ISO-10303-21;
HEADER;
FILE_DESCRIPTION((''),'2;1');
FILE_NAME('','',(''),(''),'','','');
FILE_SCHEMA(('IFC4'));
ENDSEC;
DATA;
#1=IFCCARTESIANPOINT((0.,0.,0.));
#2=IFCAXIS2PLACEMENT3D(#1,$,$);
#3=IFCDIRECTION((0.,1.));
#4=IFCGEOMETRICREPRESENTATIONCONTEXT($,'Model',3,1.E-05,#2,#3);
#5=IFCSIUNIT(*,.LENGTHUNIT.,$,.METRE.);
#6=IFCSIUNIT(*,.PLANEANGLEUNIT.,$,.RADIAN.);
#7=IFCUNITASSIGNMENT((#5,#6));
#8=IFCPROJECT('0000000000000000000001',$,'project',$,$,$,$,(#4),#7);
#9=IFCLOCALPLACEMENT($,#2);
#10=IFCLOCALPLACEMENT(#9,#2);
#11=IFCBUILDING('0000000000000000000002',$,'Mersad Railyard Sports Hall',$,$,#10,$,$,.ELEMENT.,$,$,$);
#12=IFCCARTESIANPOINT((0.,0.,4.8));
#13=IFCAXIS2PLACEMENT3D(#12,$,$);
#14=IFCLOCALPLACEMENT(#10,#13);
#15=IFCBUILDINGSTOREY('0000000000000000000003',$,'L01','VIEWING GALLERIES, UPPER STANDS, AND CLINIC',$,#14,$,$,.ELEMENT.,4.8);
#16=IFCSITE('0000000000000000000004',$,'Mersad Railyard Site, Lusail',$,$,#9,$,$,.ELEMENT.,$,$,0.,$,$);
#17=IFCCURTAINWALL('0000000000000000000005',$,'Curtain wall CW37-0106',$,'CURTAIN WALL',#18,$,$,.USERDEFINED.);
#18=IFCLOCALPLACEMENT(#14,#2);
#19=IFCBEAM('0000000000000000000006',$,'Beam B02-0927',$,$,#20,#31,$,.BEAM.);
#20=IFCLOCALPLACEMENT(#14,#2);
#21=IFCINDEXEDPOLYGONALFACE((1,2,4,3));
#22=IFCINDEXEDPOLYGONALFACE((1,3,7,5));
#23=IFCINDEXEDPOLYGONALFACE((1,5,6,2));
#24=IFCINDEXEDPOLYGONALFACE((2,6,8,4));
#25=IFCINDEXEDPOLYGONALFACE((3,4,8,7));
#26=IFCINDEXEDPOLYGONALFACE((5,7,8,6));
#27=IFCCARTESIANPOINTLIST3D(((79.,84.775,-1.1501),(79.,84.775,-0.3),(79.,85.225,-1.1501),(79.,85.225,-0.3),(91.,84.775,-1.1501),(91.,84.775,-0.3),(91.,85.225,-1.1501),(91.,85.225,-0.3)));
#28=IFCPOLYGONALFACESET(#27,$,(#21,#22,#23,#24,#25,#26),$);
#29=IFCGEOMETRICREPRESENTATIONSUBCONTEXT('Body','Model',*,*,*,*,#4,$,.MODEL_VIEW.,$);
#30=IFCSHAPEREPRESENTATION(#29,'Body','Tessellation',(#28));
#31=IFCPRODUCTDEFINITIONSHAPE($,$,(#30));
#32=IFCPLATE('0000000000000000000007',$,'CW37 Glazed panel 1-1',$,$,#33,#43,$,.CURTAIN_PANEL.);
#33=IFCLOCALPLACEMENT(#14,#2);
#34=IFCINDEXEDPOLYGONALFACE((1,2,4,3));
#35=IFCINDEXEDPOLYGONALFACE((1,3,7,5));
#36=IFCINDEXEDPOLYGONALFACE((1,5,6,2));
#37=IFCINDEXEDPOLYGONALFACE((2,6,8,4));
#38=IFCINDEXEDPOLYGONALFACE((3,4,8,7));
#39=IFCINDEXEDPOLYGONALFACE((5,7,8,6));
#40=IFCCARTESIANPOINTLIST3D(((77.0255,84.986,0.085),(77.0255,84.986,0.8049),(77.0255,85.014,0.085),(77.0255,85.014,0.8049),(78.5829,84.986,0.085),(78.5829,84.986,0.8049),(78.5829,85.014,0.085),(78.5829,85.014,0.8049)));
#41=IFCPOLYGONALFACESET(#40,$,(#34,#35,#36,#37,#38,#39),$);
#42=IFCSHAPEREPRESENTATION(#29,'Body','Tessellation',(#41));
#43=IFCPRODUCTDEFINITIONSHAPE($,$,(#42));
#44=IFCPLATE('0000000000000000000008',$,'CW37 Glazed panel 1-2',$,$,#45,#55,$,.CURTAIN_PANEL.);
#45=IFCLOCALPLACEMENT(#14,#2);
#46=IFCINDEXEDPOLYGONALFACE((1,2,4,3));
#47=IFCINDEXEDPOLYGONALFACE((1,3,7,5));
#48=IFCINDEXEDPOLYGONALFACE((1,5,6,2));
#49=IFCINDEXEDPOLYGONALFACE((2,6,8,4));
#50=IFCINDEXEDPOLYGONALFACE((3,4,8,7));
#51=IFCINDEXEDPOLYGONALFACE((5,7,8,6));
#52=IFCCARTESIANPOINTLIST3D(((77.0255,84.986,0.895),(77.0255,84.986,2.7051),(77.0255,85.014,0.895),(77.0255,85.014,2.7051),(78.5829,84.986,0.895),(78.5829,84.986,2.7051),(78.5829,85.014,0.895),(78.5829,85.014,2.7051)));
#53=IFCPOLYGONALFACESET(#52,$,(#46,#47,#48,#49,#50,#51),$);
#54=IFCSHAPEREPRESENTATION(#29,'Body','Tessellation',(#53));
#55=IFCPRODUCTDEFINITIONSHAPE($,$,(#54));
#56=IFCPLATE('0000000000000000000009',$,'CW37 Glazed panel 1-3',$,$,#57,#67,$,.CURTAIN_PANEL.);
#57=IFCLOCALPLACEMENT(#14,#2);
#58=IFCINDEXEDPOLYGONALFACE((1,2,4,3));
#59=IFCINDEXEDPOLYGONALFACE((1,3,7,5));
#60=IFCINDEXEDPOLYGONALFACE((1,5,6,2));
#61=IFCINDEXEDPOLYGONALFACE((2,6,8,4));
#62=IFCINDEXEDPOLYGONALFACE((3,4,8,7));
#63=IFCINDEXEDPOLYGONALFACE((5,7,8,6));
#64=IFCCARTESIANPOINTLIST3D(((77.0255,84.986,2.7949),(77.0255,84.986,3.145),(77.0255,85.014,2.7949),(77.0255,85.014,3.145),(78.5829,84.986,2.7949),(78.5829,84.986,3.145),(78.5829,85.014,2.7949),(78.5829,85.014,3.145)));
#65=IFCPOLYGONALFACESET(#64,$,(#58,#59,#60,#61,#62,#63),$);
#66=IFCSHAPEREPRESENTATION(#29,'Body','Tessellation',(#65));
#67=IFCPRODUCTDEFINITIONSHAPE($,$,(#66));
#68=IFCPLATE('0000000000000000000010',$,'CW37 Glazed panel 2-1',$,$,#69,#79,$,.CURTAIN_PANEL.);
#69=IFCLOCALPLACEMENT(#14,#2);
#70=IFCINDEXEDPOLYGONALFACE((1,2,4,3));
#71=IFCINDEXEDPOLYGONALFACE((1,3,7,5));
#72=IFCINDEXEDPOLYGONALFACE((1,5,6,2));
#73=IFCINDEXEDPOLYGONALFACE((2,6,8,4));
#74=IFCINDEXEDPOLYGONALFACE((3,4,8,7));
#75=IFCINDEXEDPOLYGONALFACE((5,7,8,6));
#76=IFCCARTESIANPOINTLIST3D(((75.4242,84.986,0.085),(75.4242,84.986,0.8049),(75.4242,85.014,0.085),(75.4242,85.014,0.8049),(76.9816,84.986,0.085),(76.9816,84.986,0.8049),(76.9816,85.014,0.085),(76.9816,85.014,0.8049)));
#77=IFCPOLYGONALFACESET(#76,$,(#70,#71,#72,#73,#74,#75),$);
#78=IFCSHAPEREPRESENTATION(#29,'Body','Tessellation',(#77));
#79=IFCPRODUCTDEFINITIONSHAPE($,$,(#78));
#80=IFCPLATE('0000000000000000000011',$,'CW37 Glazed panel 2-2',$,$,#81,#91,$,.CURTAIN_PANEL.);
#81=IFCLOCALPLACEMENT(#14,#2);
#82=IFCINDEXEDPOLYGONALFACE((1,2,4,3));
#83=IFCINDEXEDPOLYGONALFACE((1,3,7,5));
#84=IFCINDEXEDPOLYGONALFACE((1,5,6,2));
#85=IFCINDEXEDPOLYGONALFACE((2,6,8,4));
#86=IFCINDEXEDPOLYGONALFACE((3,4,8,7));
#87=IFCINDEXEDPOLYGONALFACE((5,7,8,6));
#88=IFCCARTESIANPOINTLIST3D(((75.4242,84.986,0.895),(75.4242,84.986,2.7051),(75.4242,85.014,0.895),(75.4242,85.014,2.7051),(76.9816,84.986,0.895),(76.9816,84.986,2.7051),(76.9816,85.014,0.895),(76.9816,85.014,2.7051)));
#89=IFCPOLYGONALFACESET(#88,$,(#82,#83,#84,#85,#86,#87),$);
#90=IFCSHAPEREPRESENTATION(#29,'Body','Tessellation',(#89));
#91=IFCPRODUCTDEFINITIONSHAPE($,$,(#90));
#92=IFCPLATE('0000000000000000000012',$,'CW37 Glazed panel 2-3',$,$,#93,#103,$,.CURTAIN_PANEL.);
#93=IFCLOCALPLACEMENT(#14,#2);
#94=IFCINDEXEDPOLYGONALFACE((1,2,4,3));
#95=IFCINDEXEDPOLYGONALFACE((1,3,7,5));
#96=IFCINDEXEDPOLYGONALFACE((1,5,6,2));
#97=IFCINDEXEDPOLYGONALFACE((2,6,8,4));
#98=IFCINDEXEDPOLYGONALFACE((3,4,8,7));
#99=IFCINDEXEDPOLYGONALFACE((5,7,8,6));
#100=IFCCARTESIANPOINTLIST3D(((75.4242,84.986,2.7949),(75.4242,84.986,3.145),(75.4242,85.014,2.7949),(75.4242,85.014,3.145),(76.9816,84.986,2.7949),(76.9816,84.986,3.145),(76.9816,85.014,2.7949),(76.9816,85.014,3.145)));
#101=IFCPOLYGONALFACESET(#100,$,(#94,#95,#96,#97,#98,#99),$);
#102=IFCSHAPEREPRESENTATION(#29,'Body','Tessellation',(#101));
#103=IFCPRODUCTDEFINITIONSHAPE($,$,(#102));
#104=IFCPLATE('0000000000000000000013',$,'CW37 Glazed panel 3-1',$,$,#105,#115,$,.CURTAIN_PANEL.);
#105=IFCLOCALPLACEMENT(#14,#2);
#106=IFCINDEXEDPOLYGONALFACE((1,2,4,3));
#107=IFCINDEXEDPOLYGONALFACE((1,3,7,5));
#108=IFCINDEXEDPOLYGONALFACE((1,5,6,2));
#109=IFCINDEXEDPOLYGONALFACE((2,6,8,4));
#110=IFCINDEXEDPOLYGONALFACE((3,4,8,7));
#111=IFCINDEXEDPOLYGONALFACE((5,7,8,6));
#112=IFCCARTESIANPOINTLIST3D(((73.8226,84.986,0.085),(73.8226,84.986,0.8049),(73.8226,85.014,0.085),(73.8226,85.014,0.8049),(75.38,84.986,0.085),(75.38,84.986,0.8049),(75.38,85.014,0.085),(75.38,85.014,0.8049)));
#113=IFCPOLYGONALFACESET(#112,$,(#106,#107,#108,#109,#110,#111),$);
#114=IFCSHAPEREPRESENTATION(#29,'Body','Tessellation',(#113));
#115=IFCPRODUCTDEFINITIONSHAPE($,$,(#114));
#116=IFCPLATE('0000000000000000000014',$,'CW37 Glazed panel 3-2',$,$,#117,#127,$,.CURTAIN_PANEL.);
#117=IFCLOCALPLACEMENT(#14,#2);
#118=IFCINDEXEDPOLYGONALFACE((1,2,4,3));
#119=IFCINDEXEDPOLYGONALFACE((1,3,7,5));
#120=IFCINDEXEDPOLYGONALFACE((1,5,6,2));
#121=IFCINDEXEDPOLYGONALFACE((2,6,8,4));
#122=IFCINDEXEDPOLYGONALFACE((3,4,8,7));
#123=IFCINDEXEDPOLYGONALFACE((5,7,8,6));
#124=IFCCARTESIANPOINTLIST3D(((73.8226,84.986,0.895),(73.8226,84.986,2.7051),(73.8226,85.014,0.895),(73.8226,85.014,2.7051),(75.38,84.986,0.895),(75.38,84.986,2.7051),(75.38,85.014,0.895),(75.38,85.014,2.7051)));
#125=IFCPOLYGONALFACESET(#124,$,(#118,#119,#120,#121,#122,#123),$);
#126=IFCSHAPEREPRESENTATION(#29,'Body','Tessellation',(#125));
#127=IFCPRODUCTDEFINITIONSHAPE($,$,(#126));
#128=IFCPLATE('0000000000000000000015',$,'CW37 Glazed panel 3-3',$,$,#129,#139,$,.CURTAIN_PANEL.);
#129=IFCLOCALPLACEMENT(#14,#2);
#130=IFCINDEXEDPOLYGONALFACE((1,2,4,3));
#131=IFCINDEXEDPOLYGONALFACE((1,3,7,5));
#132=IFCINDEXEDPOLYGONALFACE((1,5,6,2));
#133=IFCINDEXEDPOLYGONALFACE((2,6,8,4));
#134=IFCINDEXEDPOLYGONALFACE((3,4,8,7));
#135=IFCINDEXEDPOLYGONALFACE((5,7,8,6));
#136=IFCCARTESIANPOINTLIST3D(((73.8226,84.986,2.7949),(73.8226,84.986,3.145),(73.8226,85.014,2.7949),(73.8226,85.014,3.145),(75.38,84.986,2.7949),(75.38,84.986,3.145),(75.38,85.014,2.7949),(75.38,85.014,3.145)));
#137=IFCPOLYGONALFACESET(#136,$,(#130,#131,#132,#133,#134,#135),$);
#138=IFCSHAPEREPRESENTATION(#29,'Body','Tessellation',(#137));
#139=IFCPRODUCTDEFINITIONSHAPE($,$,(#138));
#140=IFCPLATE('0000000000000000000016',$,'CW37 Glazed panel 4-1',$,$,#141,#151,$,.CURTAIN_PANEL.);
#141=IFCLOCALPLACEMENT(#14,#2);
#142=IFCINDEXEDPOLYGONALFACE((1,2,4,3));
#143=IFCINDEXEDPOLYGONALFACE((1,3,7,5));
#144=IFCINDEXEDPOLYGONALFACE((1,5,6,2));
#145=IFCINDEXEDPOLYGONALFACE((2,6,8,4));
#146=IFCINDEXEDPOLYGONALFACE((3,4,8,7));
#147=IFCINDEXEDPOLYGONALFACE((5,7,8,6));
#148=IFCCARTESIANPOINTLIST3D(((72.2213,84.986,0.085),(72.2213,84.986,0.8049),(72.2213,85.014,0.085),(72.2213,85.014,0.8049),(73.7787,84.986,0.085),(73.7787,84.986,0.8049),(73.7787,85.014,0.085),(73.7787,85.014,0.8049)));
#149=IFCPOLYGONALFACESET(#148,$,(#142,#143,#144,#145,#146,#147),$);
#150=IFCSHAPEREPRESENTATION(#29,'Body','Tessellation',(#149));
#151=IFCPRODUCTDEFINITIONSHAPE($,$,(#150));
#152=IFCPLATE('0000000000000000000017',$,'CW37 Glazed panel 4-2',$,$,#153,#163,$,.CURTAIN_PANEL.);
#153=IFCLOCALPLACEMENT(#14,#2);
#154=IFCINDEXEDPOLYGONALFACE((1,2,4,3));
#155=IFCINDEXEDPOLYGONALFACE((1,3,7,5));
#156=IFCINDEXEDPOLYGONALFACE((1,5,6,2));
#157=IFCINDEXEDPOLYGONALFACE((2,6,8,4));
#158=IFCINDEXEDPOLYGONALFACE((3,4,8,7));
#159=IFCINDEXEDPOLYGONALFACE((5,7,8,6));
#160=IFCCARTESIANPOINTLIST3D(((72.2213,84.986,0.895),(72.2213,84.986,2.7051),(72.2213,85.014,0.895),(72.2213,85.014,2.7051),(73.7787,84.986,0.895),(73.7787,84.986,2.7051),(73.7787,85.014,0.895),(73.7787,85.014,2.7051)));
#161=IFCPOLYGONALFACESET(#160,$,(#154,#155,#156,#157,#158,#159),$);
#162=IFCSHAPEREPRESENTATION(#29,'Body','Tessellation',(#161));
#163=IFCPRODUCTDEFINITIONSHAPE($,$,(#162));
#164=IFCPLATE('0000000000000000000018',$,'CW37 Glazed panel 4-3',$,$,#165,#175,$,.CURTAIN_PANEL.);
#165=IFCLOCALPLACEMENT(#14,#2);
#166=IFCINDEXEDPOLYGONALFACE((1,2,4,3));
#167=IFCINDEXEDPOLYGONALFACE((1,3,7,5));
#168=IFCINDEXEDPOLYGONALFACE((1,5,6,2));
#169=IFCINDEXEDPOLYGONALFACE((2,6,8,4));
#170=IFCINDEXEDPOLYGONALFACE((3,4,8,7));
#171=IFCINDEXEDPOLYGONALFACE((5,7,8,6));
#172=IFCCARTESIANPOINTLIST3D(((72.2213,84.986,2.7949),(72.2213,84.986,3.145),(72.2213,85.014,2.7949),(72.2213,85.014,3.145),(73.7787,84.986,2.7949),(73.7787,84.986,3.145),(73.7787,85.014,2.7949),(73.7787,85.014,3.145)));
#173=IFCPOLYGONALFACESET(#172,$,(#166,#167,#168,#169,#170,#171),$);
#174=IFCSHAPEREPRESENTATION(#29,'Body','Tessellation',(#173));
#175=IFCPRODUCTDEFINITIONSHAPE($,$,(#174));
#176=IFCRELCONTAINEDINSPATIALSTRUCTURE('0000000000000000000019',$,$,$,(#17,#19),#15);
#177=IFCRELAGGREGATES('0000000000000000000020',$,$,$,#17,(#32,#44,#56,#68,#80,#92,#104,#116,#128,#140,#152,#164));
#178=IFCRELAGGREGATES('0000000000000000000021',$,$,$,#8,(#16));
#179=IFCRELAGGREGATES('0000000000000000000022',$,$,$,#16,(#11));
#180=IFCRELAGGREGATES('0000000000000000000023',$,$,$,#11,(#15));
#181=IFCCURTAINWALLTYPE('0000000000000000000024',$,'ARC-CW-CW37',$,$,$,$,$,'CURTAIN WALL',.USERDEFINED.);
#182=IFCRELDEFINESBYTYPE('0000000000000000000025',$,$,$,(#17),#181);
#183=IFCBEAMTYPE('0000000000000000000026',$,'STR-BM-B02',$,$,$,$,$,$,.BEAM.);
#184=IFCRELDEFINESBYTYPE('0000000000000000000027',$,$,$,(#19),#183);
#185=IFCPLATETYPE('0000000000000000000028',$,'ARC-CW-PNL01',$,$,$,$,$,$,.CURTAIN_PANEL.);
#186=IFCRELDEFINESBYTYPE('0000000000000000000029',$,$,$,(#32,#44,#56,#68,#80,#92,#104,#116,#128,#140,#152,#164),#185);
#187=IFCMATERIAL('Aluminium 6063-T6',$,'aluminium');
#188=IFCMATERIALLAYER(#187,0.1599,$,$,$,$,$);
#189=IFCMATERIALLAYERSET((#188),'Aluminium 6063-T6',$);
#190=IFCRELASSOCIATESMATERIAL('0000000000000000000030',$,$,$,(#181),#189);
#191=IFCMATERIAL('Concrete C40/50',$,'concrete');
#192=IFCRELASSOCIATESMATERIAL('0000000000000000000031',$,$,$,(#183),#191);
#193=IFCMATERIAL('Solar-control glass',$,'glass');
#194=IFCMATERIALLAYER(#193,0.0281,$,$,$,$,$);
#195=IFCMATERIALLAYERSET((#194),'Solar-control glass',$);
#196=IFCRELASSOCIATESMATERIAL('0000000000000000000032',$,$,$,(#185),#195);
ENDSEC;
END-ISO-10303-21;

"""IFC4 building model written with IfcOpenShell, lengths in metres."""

from ifc_helpers import new_model, si_unit, direction, frame, origin, origin_2d, place, context, subcontext, project, spatial, rectangle, extrude, material, layer, layer_set, material_profile, profile_set, type_object, element, aggregate, save


model = new_model("IFC4")

# Units and contexts
model_context = context("Model", 3, precision=1e-05, world=origin(), true_north=direction((0.0, 1.0)))
body_context = subcontext(model_context, "Body", "Model", "MODEL_VIEW")
ifc_project = project(units=[si_unit("LENGTHUNIT", "METRE"), si_unit("PLANEANGLEUNIT", "RADIAN")], contexts=[model_context])

# Site, building, storey
site_placement = place(None, origin())
site = spatial("IfcSite", under=ifc_project, at=site_placement, Name="Mersad Railyard Site, Lusail", CompositionType="ELEMENT", RefElevation=0.0)
building_placement = place(site_placement, origin())
building = spatial("IfcBuilding", under=site, at=building_placement, Name="Mersad Railyard Sports Hall", CompositionType="ELEMENT")
storey_placement = place(building_placement, frame((0.0, 0.0, 4.8)))
storey = spatial("IfcBuildingStorey", under=building, at=storey_placement, Name="L01", Description="VIEWING GALLERIES, UPPER STANDS, AND CLINIC", CompositionType="ELEMENT", Elevation=4.8)

# Curtain wall
ifc_material_1 = material(Name="Aluminium 6063-T6", Category="aluminium")
ifc_layer_1 = layer(ifc_material_1, 0.1599)
ifc_layer_set_1 = layer_set([ifc_layer_1], Name="Aluminium 6063-T6")
curtain_wall_type = type_object("IfcCurtainWallType", Name="ARC-CW-CW37", ElementType="CURTAIN WALL", PredefinedType="USERDEFINED", material=ifc_layer_set_1)
curtain_wall_placement = place(storey_placement, origin())
curtain_wall = element("IfcCurtainWall", 1, at=curtain_wall_placement, inside=storey, type_object=curtain_wall_type, Name="Curtain wall CW37-0106", ObjectType="CURTAIN WALL", PredefinedType="USERDEFINED")

# Beam
ifc_material_2 = material(Name="Concrete C40/50", Category="concrete")
ifc_material_profile_1 = material_profile(ifc_material_2, rectangle(XDim=0.45, YDim=0.8501, at=origin_2d()), Name="RC 450x850")
ifc_profile_set_1 = profile_set([ifc_material_profile_1], Name="Concrete C40/50")
beam_type = type_object("IfcBeamType", Name="STR-BM-B02", PredefinedType="BEAM", material=ifc_profile_set_1)
beam_placement = place(storey_placement, frame((79.0, 85.0, -0.7251), z_axis=(1.0, 0.0, 0.0), x_axis=(0.0, 1.0, 0.0)))
element("IfcBeam", 2, at=beam_placement, inside=storey, type_object=beam_type, Name="Beam B02-0927", PredefinedType="BEAM", context=body_context, shape_type="SweptSolid", body=[
    extrude(rectangle(XDim=0.45, YDim=0.8501, at=origin_2d()), origin(), (0.0, 0.0, 1.0), 12.0),
])

# Plates
ifc_material_3 = material(Name="Solar-control glass", Category="glass")
ifc_layer_2 = layer(ifc_material_3, 0.0281)
ifc_layer_set_2 = layer_set([ifc_layer_2], Name="Solar-control glass")
plate_type = type_object("IfcPlateType", Name="ARC-CW-PNL01", PredefinedType="CURTAIN_PANEL", material=ifc_layer_set_2)
plate_1_placement = place(storey_placement, frame((77.8042, 85.0, 0.085), z_axis=(0.0, 0.0, 1.0), x_axis=(-1.0, 0.0, 0.0)))
plate_1 = element("IfcPlate", 3, at=plate_1_placement, type_object=plate_type, Name="CW37 Glazed panel 1-1", PredefinedType="CURTAIN_PANEL", context=body_context, shape_type="SweptSolid", body=[
    extrude(rectangle(XDim=1.5574, YDim=0.0281, at=origin_2d()), origin(), (0.0, 0.0, 1.0), 0.72),
])
plate_2_placement = place(storey_placement, frame((77.8042, 85.0, 0.895), z_axis=(0.0, 0.0, 1.0), x_axis=(-1.0, 0.0, 0.0)))
plate_2 = element("IfcPlate", 4, at=plate_2_placement, type_object=plate_type, Name="CW37 Glazed panel 1-2", PredefinedType="CURTAIN_PANEL", context=body_context, shape_type="SweptSolid", body=[
    extrude(rectangle(XDim=1.5574, YDim=0.0281, at=origin_2d()), origin(), (0.0, 0.0, 1.0), 1.8101),
])
plate_3_placement = place(storey_placement, frame((77.8042, 85.0, 2.7949), z_axis=(0.0, 0.0, 1.0), x_axis=(-1.0, 0.0, 0.0)))
plate_3 = element("IfcPlate", 5, at=plate_3_placement, type_object=plate_type, Name="CW37 Glazed panel 1-3", PredefinedType="CURTAIN_PANEL", context=body_context, shape_type="SweptSolid", body=[
    extrude(rectangle(XDim=1.5574, YDim=0.0281, at=origin_2d()), origin(), (0.0, 0.0, 1.0), 0.3501),
])
plate_4_placement = place(storey_placement, frame((76.2029, 85.0, 0.085), z_axis=(0.0, 0.0, 1.0), x_axis=(-1.0, 0.0, 0.0)))
plate_4 = element("IfcPlate", 6, at=plate_4_placement, type_object=plate_type, Name="CW37 Glazed panel 2-1", PredefinedType="CURTAIN_PANEL", context=body_context, shape_type="SweptSolid", body=[
    extrude(rectangle(XDim=1.5574, YDim=0.0281, at=origin_2d()), origin(), (0.0, 0.0, 1.0), 0.72),
])
plate_5_placement = place(storey_placement, frame((76.2029, 85.0, 0.895), z_axis=(0.0, 0.0, 1.0), x_axis=(-1.0, 0.0, 0.0)))
plate_5 = element("IfcPlate", 7, at=plate_5_placement, type_object=plate_type, Name="CW37 Glazed panel 2-2", PredefinedType="CURTAIN_PANEL", context=body_context, shape_type="SweptSolid", body=[
    extrude(rectangle(XDim=1.5574, YDim=0.0281, at=origin_2d()), origin(), (0.0, 0.0, 1.0), 1.8101),
])
plate_6_placement = place(storey_placement, frame((76.2029, 85.0, 2.7949), z_axis=(0.0, 0.0, 1.0), x_axis=(-1.0, 0.0, 0.0)))
plate_6 = element("IfcPlate", 8, at=plate_6_placement, type_object=plate_type, Name="CW37 Glazed panel 2-3", PredefinedType="CURTAIN_PANEL", context=body_context, shape_type="SweptSolid", body=[
    extrude(rectangle(XDim=1.5574, YDim=0.0281, at=origin_2d()), origin(), (0.0, 0.0, 1.0), 0.3501),
])
plate_7_placement = place(storey_placement, frame((74.6013, 85.0, 0.085), z_axis=(0.0, 0.0, 1.0), x_axis=(-1.0, 0.0, 0.0)))
plate_7 = element("IfcPlate", 9, at=plate_7_placement, type_object=plate_type, Name="CW37 Glazed panel 3-1", PredefinedType="CURTAIN_PANEL", context=body_context, shape_type="SweptSolid", body=[
    extrude(rectangle(XDim=1.5574, YDim=0.0281, at=origin_2d()), origin(), (0.0, 0.0, 1.0), 0.72),
])
plate_8_placement = place(storey_placement, frame((74.6013, 85.0, 0.895), z_axis=(0.0, 0.0, 1.0), x_axis=(-1.0, 0.0, 0.0)))
plate_8 = element("IfcPlate", 10, at=plate_8_placement, type_object=plate_type, Name="CW37 Glazed panel 3-2", PredefinedType="CURTAIN_PANEL", context=body_context, shape_type="SweptSolid", body=[
    extrude(rectangle(XDim=1.5574, YDim=0.0281, at=origin_2d()), origin(), (0.0, 0.0, 1.0), 1.8101),
])
plate_9_placement = place(storey_placement, frame((74.6013, 85.0, 2.7949), z_axis=(0.0, 0.0, 1.0), x_axis=(-1.0, 0.0, 0.0)))
plate_9 = element("IfcPlate", 11, at=plate_9_placement, type_object=plate_type, Name="CW37 Glazed panel 3-3", PredefinedType="CURTAIN_PANEL", context=body_context, shape_type="SweptSolid", body=[
    extrude(rectangle(XDim=1.5574, YDim=0.0281, at=origin_2d()), origin(), (0.0, 0.0, 1.0), 0.3501),
])
plate_10_placement = place(storey_placement, frame((73.0, 85.0, 0.085), z_axis=(0.0, 0.0, 1.0), x_axis=(-1.0, 0.0, 0.0)))
plate_10 = element("IfcPlate", 12, at=plate_10_placement, type_object=plate_type, Name="CW37 Glazed panel 4-1", PredefinedType="CURTAIN_PANEL", context=body_context, shape_type="SweptSolid", body=[
    extrude(rectangle(XDim=1.5574, YDim=0.0281, at=origin_2d()), origin(), (0.0, 0.0, 1.0), 0.72),
])
plate_11_placement = place(storey_placement, frame((73.0, 85.0, 0.895), z_axis=(0.0, 0.0, 1.0), x_axis=(-1.0, 0.0, 0.0)))
plate_11 = element("IfcPlate", 13, at=plate_11_placement, type_object=plate_type, Name="CW37 Glazed panel 4-2", PredefinedType="CURTAIN_PANEL", context=body_context, shape_type="SweptSolid", body=[
    extrude(rectangle(XDim=1.5574, YDim=0.0281, at=origin_2d()), origin(), (0.0, 0.0, 1.0), 1.8101),
])
plate_12_placement = place(storey_placement, frame((73.0, 85.0, 2.7949), z_axis=(0.0, 0.0, 1.0), x_axis=(-1.0, 0.0, 0.0)))
plate_12 = element("IfcPlate", 14, at=plate_12_placement, type_object=plate_type, Name="CW37 Glazed panel 4-3", PredefinedType="CURTAIN_PANEL", context=body_context, shape_type="SweptSolid", body=[
    extrude(rectangle(XDim=1.5574, YDim=0.0281, at=origin_2d()), origin(), (0.0, 0.0, 1.0), 0.3501),
])
aggregate(curtain_wall, [plate_1, plate_2, plate_3, plate_4, plate_5, plate_6, plate_7, plate_8, plate_9, plate_10, plate_11, plate_12])

save(model, "model.ifc")
